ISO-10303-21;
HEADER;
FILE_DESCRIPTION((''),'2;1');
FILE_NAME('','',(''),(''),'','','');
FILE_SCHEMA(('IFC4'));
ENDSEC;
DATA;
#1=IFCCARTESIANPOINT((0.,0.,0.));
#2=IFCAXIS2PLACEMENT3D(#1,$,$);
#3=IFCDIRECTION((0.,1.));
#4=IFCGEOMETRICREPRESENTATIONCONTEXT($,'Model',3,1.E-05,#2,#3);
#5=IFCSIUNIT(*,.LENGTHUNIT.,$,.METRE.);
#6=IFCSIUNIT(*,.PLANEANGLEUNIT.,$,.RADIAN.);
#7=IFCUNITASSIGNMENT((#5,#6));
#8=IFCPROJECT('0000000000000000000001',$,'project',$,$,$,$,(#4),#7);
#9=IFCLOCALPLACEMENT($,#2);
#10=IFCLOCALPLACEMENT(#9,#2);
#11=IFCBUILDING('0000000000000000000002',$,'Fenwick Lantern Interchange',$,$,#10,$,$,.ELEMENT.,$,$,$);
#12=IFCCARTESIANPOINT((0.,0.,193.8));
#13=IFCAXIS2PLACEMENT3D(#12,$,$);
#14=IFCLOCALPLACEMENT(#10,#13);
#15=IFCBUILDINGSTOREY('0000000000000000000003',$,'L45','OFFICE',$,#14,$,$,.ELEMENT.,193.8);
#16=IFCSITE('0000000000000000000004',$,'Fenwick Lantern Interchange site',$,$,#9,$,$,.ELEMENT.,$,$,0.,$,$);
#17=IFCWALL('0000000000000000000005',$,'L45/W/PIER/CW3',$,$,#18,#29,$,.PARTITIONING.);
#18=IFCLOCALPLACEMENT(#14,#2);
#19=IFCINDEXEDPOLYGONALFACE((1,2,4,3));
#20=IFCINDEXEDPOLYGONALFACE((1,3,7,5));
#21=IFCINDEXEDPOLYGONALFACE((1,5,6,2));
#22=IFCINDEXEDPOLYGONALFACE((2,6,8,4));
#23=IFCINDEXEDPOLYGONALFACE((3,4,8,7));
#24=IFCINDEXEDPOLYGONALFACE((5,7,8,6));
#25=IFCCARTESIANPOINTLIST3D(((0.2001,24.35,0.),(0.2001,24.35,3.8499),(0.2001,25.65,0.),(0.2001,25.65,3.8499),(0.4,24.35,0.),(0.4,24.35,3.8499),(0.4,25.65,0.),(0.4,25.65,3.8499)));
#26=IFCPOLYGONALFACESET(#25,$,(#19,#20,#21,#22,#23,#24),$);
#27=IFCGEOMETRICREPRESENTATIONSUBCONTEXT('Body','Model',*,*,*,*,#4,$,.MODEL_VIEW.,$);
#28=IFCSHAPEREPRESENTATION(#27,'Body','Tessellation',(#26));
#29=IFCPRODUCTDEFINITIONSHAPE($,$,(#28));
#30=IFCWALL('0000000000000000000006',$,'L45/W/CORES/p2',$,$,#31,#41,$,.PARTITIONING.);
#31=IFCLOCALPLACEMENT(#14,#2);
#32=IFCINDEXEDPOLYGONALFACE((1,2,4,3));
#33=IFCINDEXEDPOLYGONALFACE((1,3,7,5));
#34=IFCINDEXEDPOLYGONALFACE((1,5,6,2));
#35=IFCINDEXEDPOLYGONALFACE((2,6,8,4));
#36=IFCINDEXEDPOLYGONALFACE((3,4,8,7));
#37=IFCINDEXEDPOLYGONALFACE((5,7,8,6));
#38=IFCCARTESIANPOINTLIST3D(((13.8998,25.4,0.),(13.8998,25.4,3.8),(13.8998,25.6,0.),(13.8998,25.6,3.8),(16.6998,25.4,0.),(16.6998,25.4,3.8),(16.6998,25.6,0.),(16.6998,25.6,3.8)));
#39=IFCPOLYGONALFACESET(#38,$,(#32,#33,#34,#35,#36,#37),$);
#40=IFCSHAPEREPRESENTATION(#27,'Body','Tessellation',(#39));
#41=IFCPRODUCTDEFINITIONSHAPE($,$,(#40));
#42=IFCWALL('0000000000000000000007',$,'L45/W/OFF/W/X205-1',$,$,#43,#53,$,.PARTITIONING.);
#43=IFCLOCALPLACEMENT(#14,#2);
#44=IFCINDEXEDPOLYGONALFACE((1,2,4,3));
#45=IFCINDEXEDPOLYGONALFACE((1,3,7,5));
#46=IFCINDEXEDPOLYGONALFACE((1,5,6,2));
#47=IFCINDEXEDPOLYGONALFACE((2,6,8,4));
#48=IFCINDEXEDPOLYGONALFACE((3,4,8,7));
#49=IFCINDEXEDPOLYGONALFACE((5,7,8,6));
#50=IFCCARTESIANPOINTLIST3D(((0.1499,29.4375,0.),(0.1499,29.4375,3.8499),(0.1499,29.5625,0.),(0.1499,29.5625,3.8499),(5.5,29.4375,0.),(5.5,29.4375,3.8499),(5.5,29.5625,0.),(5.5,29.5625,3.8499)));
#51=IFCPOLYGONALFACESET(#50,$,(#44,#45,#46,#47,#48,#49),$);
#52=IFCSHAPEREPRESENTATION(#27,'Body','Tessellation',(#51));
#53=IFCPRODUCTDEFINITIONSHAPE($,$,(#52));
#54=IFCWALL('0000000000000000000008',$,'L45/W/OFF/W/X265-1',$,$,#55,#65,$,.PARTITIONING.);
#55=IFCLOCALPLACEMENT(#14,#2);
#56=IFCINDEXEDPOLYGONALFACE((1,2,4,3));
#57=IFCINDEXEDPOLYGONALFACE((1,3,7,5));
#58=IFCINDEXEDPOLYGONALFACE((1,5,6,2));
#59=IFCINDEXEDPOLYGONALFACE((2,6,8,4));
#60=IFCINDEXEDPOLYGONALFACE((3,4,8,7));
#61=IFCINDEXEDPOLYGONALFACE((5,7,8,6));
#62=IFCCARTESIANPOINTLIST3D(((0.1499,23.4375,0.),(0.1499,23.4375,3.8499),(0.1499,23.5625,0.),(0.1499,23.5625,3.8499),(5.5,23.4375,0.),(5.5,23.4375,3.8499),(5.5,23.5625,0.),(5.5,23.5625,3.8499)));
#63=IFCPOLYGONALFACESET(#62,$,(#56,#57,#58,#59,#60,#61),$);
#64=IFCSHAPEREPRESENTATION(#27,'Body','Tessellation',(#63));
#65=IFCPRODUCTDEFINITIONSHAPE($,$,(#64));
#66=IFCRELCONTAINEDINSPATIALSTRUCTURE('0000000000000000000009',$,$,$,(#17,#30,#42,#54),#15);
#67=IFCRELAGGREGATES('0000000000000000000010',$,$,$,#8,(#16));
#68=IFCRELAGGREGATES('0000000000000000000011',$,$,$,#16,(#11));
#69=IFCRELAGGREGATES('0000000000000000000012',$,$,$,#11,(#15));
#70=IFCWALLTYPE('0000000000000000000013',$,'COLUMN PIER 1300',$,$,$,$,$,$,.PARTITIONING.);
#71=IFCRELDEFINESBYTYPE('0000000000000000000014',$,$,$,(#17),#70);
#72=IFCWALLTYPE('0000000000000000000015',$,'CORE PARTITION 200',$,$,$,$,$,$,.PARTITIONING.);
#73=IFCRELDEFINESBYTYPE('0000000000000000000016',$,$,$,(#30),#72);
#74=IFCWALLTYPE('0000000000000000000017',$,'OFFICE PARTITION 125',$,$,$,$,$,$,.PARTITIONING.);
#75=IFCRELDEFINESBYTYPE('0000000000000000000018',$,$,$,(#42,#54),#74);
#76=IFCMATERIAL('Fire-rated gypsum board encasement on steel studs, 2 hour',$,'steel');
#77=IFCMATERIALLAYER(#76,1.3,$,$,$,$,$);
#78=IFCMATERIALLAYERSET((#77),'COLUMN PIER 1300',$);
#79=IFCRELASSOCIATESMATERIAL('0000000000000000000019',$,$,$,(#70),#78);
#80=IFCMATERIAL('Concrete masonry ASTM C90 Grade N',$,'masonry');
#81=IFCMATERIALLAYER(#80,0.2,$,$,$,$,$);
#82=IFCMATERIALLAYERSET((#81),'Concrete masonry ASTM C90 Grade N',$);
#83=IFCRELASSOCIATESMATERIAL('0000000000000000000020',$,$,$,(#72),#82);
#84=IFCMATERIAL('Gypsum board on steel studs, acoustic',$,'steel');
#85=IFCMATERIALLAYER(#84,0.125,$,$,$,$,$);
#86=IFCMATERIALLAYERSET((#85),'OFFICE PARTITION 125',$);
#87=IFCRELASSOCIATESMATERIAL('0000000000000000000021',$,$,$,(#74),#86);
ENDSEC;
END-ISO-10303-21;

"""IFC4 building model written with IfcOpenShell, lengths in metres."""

from ifc_helpers import new_model, si_unit, direction, frame, frame_2d, origin, place, context, subcontext, project, spatial, rectangle, extrude, material, layer, layer_set, type_object, element, save


model = new_model("IFC4")

# Units and contexts
model_context = context("Model", 3, precision=1e-05, world=origin(), true_north=direction((0.0, 1.0)))
body_context = subcontext(model_context, "Body", "Model", "MODEL_VIEW")
ifc_project = project(units=[si_unit("LENGTHUNIT", "METRE"), si_unit("PLANEANGLEUNIT", "RADIAN")], contexts=[model_context])

# Site, building, storey
site_placement = place(None, origin())
site = spatial("IfcSite", under=ifc_project, at=site_placement, Name="Fenwick Lantern Interchange site", CompositionType="ELEMENT", RefElevation=0.0)
building_placement = place(site_placement, origin())
building = spatial("IfcBuilding", under=site, at=building_placement, Name="Fenwick Lantern Interchange", CompositionType="ELEMENT")
storey_placement = place(building_placement, frame((0.0, 0.0, 193.8)))
storey = spatial("IfcBuildingStorey", under=building, at=storey_placement, Name="L45", Description="OFFICE", CompositionType="ELEMENT", Elevation=193.8)

# Walls
ifc_material_1 = material(Name="Fire-rated gypsum board encasement on steel studs, 2 hour", Category="steel")
ifc_layer_1 = layer(ifc_material_1, 1.3)
ifc_layer_set_1 = layer_set([ifc_layer_1], Name="COLUMN PIER 1300")
wall_type_1 = type_object("IfcWallType", Name="COLUMN PIER 1300", PredefinedType="PARTITIONING", material=ifc_layer_set_1)
wall_1_placement = place(storey_placement, frame((0.2, 25.0, 0.0), z_axis=(0.0, 0.0, 1.0), x_axis=(1.0, 0.0, 0.0)))
element("IfcWall", 1, at=wall_1_placement, inside=storey, type_object=wall_type_1, Name="L45/W/PIER/CW3", PredefinedType="PARTITIONING", context=body_context, shape_type="SweptSolid", body=[
    extrude(rectangle(XDim=0.2, YDim=1.3, at=frame_2d((0.1001, 0.0))), origin(), (0.0, 0.0, 1.0), 3.8499),
])
ifc_material_2 = material(Name="Concrete masonry ASTM C90 Grade N", Category="masonry")
ifc_layer_2 = layer(ifc_material_2, 0.2)
ifc_layer_set_2 = layer_set([ifc_layer_2], Name="Concrete masonry ASTM C90 Grade N")
wall_type_2 = type_object("IfcWallType", Name="CORE PARTITION 200", PredefinedType="PARTITIONING", material=ifc_layer_set_2)
wall_2_placement = place(storey_placement, frame((13.8999, 25.5, 0.0), z_axis=(0.0, 0.0, 1.0), x_axis=(1.0, 0.0, 0.0)))
element("IfcWall", 2, at=wall_2_placement, inside=storey, type_object=wall_type_2, Name="L45/W/CORES/p2", PredefinedType="PARTITIONING", context=body_context, shape_type="SweptSolid", body=[
    extrude(rectangle(XDim=2.8, YDim=0.2, at=frame_2d((1.3999, 0.0))), origin(), (0.0, 0.0, 1.0), 3.8),
])
ifc_material_3 = material(Name="Gypsum board on steel studs, acoustic", Category="steel")
ifc_layer_3 = layer(ifc_material_3, 0.125)
ifc_layer_set_3 = layer_set([ifc_layer_3], Name="OFFICE PARTITION 125")
wall_type_3 = type_object("IfcWallType", Name="OFFICE PARTITION 125", PredefinedType="PARTITIONING", material=ifc_layer_set_3)
for number, where, z_axis, x_axis, name in (
    (3, (0.1499, 29.5, 0.0), (0.0, 0.0, 1.0), (1.0, 0.0, 0.0), "L45/W/OFF/W/X205-1"),
    (4, (0.1499, 23.5, 0.0), (0.0, 0.0, 1.0), (1.0, 0.0, 0.0), "L45/W/OFF/W/X265-1"),
):
    element("IfcWall", number, at=place(storey_placement, frame(where, z_axis=z_axis, x_axis=x_axis)), inside=storey, type_object=wall_type_3, Name=name, PredefinedType="PARTITIONING", context=body_context, shape_type="SweptSolid", body=[
        extrude(rectangle(XDim=5.3501, YDim=0.125, at=frame_2d((2.675, 0.0))), origin(), (0.0, 0.0, 1.0), 3.8499),
    ])

save(model, "model.ifc")
